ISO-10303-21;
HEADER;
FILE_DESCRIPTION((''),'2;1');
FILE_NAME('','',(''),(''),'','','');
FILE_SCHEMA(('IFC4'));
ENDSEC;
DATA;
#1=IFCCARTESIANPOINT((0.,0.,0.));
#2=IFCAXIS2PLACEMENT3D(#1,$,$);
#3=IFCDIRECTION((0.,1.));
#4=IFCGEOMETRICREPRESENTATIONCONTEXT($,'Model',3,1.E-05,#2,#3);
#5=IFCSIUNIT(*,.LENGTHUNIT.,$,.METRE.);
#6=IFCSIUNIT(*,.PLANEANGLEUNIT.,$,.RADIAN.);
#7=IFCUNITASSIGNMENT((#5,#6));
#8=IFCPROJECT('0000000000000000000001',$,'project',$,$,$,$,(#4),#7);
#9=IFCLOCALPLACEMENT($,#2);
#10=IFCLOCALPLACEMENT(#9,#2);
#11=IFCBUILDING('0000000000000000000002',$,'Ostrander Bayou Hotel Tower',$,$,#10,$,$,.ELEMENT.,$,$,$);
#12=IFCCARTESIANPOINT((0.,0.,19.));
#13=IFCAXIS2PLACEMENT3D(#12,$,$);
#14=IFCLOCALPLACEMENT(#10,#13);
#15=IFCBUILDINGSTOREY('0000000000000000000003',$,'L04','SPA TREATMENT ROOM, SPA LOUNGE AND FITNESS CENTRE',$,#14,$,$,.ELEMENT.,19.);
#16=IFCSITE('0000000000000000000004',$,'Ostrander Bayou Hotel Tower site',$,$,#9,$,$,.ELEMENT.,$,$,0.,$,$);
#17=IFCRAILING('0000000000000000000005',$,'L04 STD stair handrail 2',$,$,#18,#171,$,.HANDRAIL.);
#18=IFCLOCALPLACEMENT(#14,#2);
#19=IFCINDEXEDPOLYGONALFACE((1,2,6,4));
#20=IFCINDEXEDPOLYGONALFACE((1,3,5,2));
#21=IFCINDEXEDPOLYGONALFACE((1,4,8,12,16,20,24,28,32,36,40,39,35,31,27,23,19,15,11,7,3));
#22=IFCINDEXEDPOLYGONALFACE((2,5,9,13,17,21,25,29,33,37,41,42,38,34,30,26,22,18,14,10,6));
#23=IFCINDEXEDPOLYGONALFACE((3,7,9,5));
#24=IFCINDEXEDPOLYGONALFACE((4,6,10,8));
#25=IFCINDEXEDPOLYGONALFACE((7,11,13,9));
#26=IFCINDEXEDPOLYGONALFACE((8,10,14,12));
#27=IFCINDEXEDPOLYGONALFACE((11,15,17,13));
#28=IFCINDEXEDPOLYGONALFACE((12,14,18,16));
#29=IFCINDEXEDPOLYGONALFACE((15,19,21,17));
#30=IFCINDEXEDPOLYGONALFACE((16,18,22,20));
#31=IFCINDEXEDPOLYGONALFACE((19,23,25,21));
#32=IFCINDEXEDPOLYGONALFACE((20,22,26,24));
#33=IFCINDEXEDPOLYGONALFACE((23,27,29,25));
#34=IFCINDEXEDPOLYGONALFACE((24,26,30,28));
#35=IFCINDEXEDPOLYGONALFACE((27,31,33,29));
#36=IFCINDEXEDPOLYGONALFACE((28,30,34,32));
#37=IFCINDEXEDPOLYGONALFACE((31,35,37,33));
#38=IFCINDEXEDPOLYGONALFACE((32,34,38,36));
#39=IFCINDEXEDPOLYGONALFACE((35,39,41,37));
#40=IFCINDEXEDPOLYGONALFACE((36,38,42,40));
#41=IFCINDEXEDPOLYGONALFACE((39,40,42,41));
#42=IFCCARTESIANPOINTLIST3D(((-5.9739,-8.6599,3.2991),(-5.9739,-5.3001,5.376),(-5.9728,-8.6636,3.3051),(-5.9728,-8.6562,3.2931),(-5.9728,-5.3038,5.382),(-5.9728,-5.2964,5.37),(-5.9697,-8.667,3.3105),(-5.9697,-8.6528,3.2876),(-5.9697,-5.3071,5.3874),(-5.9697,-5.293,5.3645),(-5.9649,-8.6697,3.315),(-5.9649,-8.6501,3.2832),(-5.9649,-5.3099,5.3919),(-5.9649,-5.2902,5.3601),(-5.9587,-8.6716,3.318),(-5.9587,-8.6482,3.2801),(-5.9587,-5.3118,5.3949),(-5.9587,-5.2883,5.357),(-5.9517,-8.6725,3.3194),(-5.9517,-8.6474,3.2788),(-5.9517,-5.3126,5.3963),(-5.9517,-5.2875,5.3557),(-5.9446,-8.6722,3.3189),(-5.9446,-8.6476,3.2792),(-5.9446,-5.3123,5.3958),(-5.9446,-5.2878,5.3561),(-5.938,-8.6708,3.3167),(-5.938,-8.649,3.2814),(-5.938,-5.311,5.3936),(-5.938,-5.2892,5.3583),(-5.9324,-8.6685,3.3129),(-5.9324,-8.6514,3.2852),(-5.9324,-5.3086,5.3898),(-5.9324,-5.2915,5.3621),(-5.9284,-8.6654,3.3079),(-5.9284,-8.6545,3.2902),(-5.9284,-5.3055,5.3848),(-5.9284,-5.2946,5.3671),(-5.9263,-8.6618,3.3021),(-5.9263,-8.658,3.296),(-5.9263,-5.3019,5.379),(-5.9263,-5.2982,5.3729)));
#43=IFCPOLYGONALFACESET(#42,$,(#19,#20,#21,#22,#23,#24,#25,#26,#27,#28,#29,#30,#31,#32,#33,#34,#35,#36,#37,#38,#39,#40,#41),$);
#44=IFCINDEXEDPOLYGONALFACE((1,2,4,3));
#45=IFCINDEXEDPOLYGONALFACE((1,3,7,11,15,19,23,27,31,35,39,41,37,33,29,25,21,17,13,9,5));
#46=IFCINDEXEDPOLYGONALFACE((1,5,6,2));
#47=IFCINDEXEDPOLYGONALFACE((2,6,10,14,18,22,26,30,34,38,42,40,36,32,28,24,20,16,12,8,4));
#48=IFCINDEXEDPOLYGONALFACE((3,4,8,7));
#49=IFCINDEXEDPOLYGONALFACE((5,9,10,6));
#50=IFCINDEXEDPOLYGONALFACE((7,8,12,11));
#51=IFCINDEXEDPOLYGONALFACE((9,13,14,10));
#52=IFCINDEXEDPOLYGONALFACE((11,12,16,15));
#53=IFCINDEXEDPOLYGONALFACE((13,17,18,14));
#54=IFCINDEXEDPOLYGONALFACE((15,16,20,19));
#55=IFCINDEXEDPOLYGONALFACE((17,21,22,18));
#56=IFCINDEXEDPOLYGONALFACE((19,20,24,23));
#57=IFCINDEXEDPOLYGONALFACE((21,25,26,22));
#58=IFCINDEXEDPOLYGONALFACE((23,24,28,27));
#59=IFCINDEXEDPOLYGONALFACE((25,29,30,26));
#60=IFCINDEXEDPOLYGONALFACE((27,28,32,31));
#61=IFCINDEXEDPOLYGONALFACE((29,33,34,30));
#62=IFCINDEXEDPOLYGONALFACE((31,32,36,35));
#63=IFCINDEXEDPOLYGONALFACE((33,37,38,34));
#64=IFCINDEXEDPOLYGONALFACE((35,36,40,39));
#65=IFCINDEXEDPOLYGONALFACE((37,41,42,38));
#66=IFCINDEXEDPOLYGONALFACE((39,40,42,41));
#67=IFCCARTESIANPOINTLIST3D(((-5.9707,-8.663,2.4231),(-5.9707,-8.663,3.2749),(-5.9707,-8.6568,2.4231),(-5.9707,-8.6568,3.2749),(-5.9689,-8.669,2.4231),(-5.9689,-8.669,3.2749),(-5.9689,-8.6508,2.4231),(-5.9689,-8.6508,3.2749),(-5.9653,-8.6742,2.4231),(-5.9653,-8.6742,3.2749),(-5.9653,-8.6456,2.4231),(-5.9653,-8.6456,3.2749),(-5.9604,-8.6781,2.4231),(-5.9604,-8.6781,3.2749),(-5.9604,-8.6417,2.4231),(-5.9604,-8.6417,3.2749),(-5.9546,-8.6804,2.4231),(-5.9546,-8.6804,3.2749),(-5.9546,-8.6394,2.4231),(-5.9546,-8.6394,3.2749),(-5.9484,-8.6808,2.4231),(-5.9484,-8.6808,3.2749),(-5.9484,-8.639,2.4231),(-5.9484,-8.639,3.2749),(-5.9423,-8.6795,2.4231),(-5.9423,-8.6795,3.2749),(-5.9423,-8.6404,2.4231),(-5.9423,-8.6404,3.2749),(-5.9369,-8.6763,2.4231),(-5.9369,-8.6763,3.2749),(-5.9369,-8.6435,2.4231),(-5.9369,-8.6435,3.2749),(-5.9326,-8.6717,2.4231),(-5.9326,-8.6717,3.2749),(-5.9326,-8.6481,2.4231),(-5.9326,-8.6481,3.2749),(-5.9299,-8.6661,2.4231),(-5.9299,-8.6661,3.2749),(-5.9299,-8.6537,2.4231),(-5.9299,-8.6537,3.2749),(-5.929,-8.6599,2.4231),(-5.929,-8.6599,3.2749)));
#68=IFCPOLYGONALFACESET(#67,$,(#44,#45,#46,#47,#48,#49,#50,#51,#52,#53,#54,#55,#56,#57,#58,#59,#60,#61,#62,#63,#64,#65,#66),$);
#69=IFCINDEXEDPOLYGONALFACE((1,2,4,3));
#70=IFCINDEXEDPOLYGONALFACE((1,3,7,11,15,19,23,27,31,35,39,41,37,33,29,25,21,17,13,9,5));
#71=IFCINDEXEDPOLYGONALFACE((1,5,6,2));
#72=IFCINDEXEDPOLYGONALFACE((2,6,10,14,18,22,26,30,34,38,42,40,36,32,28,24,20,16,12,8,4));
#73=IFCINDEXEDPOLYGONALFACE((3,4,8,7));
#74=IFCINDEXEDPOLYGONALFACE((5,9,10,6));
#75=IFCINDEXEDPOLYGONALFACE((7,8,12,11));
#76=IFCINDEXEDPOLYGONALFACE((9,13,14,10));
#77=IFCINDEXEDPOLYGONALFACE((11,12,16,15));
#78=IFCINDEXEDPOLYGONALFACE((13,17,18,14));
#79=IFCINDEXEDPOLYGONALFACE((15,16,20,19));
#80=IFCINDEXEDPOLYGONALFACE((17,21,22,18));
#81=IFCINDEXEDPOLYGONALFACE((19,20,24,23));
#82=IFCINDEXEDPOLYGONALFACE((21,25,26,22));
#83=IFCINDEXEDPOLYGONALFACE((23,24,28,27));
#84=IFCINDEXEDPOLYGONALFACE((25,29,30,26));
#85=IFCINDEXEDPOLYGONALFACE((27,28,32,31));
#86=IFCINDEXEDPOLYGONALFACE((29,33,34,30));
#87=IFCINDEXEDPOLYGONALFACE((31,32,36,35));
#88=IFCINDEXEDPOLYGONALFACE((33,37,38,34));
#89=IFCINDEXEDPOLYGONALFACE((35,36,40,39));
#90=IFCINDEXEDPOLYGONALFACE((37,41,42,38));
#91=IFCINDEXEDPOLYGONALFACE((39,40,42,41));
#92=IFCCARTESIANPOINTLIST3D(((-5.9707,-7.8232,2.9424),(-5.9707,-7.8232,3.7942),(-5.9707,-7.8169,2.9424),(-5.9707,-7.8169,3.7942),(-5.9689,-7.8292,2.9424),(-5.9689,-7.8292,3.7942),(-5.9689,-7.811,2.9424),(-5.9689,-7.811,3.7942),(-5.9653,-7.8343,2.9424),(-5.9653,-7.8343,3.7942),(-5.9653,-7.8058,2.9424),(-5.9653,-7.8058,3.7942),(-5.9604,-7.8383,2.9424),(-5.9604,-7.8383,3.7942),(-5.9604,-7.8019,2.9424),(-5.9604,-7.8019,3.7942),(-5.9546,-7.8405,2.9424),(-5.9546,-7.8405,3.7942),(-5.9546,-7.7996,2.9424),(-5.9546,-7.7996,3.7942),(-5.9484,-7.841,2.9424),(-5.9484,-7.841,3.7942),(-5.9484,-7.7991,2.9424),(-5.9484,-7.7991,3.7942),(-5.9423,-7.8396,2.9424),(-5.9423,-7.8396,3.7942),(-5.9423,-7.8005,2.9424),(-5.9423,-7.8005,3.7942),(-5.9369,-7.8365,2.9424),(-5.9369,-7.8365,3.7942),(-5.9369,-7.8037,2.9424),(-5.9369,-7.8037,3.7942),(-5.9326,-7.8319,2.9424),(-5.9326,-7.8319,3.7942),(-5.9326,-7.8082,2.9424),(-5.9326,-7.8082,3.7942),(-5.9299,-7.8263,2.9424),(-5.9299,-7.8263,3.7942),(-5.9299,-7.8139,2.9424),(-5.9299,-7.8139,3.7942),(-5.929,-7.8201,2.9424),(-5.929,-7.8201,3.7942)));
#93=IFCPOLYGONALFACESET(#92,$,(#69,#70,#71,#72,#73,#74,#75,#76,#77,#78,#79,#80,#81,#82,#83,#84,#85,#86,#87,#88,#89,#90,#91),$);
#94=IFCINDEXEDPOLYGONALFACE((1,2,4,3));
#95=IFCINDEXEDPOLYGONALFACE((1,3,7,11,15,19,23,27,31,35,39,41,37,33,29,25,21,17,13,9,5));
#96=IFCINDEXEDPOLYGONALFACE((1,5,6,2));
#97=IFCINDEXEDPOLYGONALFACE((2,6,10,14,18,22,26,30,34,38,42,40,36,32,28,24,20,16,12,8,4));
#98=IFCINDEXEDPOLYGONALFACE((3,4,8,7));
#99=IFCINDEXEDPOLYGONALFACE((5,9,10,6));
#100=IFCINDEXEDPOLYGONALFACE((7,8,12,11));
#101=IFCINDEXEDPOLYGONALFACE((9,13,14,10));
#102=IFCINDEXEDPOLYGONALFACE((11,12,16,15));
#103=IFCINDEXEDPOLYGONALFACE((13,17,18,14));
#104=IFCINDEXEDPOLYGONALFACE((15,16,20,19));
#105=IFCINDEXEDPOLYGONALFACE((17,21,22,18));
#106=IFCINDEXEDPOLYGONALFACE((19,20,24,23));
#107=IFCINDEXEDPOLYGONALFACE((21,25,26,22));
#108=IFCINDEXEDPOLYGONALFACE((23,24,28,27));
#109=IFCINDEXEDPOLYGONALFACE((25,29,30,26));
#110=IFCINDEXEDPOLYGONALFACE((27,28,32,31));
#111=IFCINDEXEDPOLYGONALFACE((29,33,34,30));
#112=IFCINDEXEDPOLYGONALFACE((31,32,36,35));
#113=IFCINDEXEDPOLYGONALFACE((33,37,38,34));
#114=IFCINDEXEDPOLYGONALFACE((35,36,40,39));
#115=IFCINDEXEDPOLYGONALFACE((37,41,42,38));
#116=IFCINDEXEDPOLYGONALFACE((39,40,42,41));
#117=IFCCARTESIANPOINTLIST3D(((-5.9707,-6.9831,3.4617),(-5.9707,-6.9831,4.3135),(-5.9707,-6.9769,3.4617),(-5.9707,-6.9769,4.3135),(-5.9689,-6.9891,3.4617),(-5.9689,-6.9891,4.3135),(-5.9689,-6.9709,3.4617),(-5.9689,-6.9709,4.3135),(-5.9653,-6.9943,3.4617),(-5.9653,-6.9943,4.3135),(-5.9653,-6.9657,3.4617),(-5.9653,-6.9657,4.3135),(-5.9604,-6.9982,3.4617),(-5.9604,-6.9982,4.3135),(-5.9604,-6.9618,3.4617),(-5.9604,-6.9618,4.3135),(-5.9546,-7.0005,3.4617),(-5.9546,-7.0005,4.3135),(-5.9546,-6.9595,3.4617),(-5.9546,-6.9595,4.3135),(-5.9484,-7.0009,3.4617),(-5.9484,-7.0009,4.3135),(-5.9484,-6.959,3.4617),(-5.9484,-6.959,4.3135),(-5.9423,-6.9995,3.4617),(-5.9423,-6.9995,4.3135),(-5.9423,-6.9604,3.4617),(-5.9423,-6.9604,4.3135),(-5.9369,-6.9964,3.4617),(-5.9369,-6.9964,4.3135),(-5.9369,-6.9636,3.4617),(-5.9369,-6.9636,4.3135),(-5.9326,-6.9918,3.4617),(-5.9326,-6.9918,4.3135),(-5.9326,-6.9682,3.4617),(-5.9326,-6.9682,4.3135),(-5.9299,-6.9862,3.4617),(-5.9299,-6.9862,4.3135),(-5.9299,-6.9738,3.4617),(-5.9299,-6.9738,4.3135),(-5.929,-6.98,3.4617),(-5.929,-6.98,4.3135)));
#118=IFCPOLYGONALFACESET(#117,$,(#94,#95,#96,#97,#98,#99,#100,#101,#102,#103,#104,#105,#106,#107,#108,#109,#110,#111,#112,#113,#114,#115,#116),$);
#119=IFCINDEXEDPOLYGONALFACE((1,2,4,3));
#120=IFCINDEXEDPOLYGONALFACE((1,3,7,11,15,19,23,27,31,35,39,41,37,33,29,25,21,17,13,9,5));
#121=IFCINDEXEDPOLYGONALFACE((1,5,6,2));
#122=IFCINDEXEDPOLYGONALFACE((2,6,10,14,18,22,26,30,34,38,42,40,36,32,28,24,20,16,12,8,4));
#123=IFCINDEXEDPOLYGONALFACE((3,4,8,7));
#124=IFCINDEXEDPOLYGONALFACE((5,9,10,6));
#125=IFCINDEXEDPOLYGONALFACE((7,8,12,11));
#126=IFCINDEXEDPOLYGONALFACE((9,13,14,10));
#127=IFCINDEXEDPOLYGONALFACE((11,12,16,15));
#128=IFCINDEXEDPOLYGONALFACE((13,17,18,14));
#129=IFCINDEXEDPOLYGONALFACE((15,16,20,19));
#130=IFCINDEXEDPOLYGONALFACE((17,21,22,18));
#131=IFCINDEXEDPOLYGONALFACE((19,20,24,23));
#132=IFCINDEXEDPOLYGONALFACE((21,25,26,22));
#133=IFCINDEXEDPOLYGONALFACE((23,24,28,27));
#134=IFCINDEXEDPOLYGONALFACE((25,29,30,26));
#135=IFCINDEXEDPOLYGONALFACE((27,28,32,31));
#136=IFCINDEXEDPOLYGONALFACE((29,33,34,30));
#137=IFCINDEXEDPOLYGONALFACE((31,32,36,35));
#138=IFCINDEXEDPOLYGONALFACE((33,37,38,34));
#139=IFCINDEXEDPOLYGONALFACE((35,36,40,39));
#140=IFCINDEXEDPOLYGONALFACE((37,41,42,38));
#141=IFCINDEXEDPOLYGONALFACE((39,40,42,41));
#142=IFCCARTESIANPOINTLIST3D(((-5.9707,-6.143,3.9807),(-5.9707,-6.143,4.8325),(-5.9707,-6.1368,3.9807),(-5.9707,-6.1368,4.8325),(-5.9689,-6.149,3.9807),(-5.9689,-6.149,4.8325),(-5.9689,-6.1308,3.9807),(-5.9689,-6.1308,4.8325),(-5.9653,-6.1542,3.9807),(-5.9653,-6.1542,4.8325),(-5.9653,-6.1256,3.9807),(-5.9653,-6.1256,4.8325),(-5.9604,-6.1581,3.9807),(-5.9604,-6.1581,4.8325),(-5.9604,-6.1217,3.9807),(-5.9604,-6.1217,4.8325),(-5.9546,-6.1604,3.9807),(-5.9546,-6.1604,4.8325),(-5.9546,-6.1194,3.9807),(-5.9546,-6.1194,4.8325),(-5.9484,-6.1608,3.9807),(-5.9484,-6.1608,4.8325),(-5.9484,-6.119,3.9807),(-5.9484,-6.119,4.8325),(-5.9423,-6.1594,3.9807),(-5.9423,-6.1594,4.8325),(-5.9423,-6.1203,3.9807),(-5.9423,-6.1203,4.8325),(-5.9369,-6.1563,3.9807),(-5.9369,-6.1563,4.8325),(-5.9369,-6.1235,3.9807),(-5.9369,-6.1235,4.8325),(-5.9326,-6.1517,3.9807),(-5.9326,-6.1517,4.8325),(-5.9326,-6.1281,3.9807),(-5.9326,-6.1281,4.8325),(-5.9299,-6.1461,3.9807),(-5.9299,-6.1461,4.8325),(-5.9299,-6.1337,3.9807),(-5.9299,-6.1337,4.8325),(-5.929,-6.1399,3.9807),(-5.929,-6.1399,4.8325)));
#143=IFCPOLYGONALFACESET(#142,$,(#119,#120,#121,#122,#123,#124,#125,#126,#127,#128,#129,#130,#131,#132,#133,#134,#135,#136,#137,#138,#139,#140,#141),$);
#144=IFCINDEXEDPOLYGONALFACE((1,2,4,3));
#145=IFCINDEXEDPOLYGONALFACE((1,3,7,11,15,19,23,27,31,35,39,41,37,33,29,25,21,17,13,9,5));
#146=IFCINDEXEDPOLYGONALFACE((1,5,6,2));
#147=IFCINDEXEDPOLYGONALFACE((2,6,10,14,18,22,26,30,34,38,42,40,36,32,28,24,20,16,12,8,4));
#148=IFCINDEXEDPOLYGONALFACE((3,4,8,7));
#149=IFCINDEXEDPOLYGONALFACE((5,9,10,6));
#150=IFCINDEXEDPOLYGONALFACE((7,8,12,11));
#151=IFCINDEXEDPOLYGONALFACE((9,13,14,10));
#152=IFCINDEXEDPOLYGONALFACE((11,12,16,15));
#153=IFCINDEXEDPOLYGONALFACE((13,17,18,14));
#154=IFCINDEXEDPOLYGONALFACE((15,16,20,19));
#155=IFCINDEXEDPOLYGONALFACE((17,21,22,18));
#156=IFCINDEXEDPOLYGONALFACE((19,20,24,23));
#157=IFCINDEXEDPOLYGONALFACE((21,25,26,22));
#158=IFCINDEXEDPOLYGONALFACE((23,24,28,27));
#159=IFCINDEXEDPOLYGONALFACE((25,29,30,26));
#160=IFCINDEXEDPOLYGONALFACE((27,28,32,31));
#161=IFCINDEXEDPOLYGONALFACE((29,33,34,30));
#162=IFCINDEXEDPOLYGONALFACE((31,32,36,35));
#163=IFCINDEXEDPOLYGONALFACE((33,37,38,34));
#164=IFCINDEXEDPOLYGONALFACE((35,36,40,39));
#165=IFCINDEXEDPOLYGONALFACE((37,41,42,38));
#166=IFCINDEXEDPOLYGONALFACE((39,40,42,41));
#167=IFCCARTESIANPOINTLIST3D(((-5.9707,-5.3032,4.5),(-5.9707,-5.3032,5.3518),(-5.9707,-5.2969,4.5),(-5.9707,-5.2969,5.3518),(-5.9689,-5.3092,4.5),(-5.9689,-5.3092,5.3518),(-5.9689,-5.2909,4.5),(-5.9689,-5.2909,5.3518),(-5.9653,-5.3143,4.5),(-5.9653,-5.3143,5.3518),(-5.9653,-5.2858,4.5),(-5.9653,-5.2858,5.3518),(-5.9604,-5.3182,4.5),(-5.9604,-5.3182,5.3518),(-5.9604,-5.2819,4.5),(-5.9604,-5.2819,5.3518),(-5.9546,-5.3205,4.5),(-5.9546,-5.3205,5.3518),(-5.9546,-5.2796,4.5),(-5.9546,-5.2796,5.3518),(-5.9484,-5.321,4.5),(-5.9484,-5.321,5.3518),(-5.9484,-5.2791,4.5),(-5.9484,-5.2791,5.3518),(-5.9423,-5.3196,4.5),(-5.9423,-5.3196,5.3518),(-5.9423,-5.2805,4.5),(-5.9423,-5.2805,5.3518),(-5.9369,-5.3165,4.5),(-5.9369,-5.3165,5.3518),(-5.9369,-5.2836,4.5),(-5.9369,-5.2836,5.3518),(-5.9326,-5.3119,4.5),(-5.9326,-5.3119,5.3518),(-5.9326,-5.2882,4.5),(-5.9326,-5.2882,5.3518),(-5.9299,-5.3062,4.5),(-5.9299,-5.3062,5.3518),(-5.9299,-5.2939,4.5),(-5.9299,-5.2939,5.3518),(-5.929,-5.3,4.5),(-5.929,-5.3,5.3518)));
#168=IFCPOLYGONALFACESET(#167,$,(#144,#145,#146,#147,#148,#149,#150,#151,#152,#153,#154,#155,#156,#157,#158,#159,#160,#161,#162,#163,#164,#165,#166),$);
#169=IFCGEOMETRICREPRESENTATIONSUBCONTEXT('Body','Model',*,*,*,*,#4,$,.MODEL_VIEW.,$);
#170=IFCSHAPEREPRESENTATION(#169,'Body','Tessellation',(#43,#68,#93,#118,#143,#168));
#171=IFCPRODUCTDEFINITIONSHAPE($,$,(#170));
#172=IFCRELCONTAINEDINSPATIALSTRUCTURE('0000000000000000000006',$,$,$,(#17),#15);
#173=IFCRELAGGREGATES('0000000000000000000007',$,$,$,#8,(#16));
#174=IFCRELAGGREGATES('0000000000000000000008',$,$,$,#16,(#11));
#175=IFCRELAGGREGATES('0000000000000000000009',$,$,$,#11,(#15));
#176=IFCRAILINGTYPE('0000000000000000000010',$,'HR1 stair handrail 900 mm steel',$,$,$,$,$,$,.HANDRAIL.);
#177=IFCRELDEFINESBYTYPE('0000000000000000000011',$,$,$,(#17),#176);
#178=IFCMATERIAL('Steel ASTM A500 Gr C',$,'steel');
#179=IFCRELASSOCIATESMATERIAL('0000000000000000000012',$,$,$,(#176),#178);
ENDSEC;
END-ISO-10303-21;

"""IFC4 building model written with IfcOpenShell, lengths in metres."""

from ifc_helpers import new_model, si_unit, direction, frame, origin, origin_2d, place, context, subcontext, project, spatial, circle, extrude, material, type_object, element, save


model = new_model("IFC4")

# Units and contexts
model_context = context("Model", 3, precision=1e-05, world=origin(), true_north=direction((0.0, 1.0)))
body_context = subcontext(model_context, "Body", "Model", "MODEL_VIEW")
ifc_project = project(units=[si_unit("LENGTHUNIT", "METRE"), si_unit("PLANEANGLEUNIT", "RADIAN")], contexts=[model_context])

# Site, building, storey
site_placement = place(None, origin())
site = spatial("IfcSite", under=ifc_project, at=site_placement, Name="Ostrander Bayou Hotel Tower site", CompositionType="ELEMENT", RefElevation=0.0)
building_placement = place(site_placement, origin())
building = spatial("IfcBuilding", under=site, at=building_placement, Name="Ostrander Bayou Hotel Tower", CompositionType="ELEMENT")
storey_placement = place(building_placement, frame((0.0, 0.0, 19.0)))
storey = spatial("IfcBuildingStorey", under=building, at=storey_placement, Name="L04", Description="SPA TREATMENT ROOM, SPA LOUNGE AND FITNESS CENTRE", CompositionType="ELEMENT", Elevation=19.0)

# Railing
ifc_material_1 = material(Name="Steel ASTM A500 Gr C", Category="steel")
railing_type_1 = type_object("IfcRailingType", Name="HR1 stair handrail 900 mm steel", PredefinedType="HANDRAIL", material=ifc_material_1)
railing_1_placement = place(storey_placement, frame((-5.95, -8.6599, 2.4231)))
element("IfcRailing", 1, at=railing_1_placement, inside=storey, type_object=railing_type_1, Name="L04 STD stair handrail 2", PredefinedType="HANDRAIL", context=body_context, shape_type="SweptSolid", body=[
    extrude(circle(Radius=0.0239, at=origin_2d()), frame((0.0, 0.0, 0.876), z_axis=(0.0, 0.850606, 0.525803), x_axis=(-1.0, 0.0, 0.0)), (0.0, 0.0, 1.0), 3.95),
    extrude(circle(Radius=0.021, at=origin_2d()), origin(), (0.0, 0.0, 1.0), 0.8518),
    extrude(circle(Radius=0.021, at=origin_2d()), frame((0.0, 0.8398, 0.5193)), (0.0, 0.0, 1.0), 0.8518),
    extrude(circle(Radius=0.021, at=origin_2d()), frame((0.0, 1.6799, 1.0386)), (0.0, 0.0, 1.0), 0.8518),
    extrude(circle(Radius=0.021, at=origin_2d()), frame((0.0, 2.52, 1.5576)), (0.0, 0.0, 1.0), 0.8518),
    extrude(circle(Radius=0.021, at=origin_2d()), frame((0.0, 3.3599, 2.0769)), (0.0, 0.0, 1.0), 0.8518),
])

save(model, "model.ifc")
